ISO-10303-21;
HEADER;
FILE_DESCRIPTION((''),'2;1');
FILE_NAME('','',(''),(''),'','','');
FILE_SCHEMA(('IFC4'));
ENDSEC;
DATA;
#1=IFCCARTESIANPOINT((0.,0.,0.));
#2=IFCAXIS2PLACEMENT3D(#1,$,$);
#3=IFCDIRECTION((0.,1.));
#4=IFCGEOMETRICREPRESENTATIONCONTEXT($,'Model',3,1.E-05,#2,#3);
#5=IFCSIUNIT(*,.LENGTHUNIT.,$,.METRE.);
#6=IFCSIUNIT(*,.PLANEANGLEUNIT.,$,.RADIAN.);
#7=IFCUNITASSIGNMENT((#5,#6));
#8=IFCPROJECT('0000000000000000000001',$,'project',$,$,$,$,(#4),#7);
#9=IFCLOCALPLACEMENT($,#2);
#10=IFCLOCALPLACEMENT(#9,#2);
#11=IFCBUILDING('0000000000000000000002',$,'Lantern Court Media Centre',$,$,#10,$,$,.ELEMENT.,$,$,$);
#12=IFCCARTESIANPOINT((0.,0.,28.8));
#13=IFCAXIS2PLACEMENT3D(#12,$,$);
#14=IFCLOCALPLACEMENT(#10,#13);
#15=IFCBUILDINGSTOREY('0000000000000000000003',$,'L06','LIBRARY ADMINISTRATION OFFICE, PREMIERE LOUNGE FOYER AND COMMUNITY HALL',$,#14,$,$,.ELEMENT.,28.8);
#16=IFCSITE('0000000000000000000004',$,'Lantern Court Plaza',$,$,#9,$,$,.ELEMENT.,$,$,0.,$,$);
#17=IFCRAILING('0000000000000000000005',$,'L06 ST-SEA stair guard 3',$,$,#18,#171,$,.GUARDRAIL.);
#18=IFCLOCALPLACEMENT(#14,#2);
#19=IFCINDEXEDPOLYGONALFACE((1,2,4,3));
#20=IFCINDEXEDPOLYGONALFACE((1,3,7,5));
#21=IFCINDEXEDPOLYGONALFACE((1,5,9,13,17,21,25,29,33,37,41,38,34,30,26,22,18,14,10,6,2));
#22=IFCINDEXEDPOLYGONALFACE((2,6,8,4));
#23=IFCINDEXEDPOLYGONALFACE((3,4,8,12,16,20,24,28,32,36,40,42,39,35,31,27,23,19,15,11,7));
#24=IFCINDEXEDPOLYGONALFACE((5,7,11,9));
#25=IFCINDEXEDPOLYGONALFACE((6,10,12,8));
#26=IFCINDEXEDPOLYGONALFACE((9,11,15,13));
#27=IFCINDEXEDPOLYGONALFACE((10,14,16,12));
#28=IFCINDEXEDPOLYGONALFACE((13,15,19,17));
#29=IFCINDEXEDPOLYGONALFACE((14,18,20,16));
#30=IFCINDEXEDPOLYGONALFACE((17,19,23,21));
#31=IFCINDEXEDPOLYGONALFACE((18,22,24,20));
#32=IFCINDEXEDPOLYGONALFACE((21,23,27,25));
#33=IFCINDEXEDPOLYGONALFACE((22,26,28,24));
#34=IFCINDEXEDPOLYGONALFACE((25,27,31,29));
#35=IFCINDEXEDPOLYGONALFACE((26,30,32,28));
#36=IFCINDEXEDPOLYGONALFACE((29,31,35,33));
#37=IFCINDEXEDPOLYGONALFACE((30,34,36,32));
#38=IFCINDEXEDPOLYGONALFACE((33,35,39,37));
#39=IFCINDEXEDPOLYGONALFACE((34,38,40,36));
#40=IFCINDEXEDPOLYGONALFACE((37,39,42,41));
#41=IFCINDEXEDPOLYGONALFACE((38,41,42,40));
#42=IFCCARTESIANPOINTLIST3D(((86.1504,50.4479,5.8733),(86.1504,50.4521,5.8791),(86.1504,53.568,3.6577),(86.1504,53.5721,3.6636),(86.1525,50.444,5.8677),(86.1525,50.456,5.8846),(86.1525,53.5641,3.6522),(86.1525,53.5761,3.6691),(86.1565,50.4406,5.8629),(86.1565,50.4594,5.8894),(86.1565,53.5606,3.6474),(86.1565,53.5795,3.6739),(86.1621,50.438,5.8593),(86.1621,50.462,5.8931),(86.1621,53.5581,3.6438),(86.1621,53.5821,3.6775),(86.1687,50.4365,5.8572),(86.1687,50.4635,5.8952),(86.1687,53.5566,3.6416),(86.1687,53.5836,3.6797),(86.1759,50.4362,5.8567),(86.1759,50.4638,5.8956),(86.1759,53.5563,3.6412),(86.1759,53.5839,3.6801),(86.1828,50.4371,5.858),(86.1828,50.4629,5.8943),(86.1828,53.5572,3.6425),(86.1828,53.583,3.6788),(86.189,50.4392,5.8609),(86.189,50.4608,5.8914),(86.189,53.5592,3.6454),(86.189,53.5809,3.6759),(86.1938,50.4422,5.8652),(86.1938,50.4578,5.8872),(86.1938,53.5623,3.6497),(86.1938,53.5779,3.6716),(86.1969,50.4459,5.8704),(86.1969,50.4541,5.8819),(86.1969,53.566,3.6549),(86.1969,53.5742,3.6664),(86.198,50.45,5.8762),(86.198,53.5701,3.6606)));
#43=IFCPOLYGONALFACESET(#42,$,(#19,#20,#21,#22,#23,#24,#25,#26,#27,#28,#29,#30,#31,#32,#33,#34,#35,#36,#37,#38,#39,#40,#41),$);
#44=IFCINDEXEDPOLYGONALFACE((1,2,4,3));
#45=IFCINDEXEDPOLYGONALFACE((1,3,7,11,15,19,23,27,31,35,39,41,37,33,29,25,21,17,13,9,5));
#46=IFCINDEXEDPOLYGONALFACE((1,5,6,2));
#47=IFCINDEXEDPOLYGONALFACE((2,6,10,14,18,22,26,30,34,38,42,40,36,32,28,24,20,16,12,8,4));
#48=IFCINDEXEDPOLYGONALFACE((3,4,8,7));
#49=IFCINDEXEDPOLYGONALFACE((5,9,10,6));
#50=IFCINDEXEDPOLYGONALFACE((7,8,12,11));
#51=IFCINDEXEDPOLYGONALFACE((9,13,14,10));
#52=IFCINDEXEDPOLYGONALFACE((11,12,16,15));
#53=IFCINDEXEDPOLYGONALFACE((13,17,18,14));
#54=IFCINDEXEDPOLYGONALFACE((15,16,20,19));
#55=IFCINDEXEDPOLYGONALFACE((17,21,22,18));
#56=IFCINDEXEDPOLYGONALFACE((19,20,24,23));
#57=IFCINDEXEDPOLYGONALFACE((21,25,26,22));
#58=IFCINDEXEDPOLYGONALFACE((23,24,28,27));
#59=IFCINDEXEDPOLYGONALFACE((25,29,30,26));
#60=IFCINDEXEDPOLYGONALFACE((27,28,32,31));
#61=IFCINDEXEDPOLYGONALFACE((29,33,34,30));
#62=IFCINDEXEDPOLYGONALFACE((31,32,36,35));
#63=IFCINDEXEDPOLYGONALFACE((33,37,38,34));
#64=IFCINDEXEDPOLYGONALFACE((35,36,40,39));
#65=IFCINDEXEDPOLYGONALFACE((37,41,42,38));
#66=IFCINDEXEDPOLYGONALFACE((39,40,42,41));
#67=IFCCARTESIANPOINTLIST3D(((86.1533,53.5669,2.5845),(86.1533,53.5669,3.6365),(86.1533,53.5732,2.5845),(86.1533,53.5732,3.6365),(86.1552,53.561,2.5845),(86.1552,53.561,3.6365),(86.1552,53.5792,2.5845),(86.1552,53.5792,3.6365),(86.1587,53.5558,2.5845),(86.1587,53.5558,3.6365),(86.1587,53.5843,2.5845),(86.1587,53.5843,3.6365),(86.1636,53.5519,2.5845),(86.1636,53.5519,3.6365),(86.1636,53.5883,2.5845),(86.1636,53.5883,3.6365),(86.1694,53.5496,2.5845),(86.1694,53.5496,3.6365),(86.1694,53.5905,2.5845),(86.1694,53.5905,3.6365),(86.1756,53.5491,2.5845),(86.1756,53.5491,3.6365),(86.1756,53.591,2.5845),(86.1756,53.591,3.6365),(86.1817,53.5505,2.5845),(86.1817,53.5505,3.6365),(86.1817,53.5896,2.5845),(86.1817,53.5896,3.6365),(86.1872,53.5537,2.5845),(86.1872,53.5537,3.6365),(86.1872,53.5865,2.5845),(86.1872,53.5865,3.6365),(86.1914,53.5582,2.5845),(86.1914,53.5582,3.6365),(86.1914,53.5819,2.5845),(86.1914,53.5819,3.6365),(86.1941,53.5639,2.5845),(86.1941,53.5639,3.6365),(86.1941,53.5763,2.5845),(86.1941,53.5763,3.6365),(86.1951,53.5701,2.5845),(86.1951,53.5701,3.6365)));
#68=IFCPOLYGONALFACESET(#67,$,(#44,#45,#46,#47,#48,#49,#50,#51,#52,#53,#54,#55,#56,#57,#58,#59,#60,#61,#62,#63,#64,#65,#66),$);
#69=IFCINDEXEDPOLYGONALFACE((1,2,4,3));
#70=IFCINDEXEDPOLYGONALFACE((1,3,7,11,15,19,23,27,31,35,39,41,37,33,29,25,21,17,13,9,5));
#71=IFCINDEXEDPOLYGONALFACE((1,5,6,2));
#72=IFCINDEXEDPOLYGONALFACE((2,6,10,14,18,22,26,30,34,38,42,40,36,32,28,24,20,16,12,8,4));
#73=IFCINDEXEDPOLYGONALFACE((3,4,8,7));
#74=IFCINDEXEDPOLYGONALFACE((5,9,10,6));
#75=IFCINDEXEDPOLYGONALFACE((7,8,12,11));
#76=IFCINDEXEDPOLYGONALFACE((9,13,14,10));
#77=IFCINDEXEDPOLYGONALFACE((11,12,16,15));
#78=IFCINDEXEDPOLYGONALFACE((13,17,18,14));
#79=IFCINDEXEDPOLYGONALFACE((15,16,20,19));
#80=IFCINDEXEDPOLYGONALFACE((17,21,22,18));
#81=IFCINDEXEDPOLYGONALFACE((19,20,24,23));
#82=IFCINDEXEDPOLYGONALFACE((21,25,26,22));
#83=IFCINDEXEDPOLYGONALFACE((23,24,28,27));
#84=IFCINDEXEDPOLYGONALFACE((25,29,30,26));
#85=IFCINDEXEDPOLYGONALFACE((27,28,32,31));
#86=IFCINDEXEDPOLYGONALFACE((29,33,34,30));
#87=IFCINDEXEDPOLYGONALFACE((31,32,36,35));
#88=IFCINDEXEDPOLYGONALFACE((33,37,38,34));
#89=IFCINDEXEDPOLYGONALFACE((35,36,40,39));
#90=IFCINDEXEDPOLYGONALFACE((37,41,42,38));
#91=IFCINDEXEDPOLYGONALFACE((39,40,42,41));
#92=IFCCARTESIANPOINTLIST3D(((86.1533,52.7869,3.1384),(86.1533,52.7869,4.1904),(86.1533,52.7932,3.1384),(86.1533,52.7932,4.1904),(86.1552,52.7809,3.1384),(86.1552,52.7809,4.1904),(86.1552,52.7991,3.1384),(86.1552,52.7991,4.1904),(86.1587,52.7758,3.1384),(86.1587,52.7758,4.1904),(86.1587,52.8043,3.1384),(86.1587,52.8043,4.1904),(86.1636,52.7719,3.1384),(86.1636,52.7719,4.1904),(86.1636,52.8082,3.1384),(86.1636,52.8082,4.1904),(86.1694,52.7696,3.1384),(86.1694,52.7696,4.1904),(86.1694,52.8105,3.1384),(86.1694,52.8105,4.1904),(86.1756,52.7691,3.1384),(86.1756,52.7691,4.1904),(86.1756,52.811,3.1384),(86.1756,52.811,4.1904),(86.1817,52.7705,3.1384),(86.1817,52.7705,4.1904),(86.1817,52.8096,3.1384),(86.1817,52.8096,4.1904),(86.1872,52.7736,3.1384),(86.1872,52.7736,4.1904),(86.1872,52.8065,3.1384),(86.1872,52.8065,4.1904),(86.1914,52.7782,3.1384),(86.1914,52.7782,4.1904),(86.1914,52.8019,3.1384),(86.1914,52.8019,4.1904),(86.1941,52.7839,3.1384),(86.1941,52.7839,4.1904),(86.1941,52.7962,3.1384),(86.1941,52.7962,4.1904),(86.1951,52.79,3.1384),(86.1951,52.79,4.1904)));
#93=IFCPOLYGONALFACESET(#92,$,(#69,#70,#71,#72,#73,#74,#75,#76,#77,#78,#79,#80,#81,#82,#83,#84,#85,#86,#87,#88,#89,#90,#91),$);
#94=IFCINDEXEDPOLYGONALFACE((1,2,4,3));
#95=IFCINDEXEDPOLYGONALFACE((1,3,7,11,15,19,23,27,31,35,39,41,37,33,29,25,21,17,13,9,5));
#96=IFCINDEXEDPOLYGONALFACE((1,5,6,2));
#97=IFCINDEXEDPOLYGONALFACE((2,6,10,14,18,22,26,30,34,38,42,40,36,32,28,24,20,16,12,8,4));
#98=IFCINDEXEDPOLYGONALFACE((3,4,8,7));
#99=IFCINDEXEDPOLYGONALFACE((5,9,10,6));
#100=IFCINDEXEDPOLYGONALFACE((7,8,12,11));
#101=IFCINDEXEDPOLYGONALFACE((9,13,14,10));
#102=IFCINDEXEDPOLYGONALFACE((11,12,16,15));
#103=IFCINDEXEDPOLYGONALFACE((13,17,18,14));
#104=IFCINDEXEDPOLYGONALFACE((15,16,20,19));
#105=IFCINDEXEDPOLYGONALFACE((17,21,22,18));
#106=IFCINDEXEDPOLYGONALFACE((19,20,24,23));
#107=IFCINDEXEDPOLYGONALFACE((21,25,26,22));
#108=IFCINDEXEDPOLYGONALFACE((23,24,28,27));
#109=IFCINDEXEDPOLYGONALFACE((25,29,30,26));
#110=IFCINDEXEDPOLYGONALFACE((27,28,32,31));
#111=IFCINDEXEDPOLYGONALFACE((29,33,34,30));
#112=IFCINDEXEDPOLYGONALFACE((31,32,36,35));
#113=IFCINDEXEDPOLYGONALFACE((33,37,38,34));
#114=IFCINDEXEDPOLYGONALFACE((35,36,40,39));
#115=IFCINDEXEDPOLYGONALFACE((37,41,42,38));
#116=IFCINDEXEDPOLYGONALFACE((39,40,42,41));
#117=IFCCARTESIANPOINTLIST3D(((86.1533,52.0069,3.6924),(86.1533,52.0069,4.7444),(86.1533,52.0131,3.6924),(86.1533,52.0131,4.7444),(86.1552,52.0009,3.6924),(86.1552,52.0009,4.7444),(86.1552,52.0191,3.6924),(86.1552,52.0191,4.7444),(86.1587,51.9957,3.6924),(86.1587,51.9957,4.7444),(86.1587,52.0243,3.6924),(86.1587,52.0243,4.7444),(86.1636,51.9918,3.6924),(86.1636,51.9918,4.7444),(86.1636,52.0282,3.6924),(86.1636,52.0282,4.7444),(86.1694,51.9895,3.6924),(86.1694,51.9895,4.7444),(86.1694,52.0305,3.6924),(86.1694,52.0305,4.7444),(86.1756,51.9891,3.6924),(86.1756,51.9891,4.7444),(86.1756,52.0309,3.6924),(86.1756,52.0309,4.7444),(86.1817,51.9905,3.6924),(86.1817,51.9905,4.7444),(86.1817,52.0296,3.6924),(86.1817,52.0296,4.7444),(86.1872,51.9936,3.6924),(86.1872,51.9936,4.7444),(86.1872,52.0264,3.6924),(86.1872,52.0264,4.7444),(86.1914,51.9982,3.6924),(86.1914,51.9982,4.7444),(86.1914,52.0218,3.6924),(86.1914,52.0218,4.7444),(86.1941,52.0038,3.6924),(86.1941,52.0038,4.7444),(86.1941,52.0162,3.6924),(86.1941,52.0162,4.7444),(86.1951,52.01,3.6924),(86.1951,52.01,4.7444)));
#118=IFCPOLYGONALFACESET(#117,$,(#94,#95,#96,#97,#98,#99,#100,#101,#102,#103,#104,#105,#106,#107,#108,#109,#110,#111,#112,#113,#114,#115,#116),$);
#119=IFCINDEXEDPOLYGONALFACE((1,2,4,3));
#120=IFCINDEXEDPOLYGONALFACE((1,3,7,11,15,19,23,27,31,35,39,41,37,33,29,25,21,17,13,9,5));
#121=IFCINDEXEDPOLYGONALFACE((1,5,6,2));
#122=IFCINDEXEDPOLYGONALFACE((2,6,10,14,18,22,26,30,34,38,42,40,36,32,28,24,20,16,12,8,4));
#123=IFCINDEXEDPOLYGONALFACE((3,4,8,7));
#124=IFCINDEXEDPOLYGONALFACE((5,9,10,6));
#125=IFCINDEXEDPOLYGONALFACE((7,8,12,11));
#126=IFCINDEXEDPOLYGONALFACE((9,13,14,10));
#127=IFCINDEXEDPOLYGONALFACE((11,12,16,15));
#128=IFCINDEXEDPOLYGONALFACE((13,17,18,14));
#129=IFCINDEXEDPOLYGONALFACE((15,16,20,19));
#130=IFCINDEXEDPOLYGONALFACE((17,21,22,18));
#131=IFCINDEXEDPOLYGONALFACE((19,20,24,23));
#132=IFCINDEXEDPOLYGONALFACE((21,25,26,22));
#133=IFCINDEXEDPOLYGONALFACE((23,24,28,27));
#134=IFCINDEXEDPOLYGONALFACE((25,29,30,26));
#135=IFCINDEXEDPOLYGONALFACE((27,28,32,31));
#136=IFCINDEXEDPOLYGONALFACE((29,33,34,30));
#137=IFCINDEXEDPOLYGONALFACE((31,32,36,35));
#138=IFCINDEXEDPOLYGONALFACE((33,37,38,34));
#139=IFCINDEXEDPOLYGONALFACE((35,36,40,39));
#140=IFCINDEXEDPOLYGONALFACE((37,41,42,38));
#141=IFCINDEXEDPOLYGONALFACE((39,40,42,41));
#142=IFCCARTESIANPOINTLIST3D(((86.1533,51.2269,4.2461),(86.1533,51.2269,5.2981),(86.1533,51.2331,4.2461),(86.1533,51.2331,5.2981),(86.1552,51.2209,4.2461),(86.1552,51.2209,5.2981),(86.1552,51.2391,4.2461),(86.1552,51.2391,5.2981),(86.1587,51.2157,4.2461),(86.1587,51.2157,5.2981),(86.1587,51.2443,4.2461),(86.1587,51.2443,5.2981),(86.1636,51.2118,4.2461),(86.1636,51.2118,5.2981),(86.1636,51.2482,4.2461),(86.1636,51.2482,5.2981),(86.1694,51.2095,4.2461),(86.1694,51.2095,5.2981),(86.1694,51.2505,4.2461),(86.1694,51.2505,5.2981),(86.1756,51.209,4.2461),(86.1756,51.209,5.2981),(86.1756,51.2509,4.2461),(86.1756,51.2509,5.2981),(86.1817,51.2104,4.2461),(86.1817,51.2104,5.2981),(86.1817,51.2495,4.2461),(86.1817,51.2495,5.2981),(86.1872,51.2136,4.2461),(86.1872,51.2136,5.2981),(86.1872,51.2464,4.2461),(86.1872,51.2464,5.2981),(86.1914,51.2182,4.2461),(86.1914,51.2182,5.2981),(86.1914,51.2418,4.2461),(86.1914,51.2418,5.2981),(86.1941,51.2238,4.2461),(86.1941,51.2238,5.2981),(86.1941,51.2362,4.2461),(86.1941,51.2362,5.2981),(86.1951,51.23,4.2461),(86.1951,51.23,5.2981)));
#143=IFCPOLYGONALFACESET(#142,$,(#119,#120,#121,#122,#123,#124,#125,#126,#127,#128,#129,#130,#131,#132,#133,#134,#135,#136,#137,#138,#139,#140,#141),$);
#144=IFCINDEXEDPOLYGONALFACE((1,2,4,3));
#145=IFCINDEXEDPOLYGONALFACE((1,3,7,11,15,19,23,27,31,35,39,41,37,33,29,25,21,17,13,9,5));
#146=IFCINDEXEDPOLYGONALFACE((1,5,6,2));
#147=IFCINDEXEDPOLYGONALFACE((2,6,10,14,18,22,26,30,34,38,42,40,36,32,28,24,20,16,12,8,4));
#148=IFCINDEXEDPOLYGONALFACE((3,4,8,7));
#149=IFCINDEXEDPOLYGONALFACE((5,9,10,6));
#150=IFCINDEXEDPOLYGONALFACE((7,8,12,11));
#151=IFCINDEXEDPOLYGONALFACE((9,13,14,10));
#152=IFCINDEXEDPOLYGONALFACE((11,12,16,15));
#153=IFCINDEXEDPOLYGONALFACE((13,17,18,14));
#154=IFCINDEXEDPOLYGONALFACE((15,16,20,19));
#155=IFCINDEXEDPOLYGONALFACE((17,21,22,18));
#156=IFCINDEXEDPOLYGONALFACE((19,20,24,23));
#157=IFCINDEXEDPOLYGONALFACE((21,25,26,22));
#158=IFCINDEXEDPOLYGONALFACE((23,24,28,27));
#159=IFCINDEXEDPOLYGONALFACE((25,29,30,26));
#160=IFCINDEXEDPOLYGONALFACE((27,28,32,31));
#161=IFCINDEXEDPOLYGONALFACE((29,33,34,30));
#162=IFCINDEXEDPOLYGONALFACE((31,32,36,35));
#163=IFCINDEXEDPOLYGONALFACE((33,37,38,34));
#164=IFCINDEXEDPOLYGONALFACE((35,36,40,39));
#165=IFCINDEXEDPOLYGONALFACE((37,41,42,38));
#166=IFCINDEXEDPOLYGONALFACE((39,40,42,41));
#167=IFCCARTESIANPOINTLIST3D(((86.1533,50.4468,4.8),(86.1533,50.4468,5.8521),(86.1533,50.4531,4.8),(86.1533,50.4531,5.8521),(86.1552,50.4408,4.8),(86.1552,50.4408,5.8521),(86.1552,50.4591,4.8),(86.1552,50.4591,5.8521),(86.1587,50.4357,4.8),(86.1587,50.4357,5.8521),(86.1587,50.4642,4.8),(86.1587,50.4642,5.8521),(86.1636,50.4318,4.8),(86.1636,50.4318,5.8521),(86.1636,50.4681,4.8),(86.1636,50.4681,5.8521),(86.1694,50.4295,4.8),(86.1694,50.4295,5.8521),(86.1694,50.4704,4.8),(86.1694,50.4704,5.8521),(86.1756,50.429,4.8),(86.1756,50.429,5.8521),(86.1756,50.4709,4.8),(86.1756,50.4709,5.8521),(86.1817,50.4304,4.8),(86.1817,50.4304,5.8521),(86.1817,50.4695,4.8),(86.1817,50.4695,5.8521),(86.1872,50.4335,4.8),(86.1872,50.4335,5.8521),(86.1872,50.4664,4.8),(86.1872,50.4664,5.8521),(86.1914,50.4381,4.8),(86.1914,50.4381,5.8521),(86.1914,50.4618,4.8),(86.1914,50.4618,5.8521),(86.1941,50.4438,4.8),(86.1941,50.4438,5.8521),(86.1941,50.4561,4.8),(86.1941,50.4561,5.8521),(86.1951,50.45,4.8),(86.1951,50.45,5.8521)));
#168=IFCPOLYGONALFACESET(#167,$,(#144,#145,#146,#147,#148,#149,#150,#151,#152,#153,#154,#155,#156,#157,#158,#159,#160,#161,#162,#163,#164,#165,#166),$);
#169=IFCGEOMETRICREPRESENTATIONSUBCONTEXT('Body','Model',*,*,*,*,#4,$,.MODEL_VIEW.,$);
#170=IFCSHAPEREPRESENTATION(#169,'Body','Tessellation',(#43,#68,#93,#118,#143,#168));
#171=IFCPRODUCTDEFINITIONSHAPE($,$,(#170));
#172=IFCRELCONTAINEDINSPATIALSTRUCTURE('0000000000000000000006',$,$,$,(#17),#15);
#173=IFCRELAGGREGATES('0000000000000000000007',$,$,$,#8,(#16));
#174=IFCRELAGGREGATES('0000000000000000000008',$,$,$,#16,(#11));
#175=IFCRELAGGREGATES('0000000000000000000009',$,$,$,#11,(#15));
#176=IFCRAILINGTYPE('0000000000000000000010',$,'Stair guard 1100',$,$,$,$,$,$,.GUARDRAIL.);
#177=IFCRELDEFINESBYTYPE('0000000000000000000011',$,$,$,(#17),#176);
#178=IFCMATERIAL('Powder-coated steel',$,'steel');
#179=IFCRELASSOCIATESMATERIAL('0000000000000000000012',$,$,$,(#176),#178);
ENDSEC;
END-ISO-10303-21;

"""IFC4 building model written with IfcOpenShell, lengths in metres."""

from ifc_helpers import new_model, si_unit, direction, frame, origin, origin_2d, place, context, subcontext, project, spatial, circle, extrude, material, type_object, element, save


model = new_model("IFC4")

# Units and contexts
model_context = context("Model", 3, precision=1e-05, world=origin(), true_north=direction((0.0, 1.0)))
body_context = subcontext(model_context, "Body", "Model", "MODEL_VIEW")
ifc_project = project(units=[si_unit("LENGTHUNIT", "METRE"), si_unit("PLANEANGLEUNIT", "RADIAN")], contexts=[model_context])

# Site, building, storey
site_placement = place(None, origin())
site = spatial("IfcSite", under=ifc_project, at=site_placement, Name="Lantern Court Plaza", CompositionType="ELEMENT", RefElevation=0.0)
building_placement = place(site_placement, origin())
building = spatial("IfcBuilding", under=site, at=building_placement, Name="Lantern Court Media Centre", CompositionType="ELEMENT")
storey_placement = place(building_placement, frame((0.0, 0.0, 28.8)))
storey = spatial("IfcBuildingStorey", under=building, at=storey_placement, Name="L06", Description="LIBRARY ADMINISTRATION OFFICE, PREMIERE LOUNGE FOYER AND COMMUNITY HALL", CompositionType="ELEMENT", Elevation=28.8)

# Shared definitions
ifc_material_1 = material(Name="Powder-coated steel", Category="steel")

# Railing
railing_type_1 = type_object("IfcRailingType", Name="Stair guard 1100", PredefinedType="GUARDRAIL", material=ifc_material_1)
railing_1_placement = place(storey_placement, frame((86.1741, 53.5701, 2.5845)))
element("IfcRailing", 1, at=railing_1_placement, inside=storey, type_object=railing_type_1, Name="L06 ST-SEA stair guard 3", PredefinedType="GUARDRAIL", context=body_context, shape_type="SweptSolid", body=[
    extrude(circle(Radius=0.0239, at=origin_2d()), frame((0.0, 0.0, 1.0762), z_axis=(0.0, -0.815347, 0.578973), x_axis=(1.0, 0.0, 0.0)), (0.0, 0.0, 1.0), 3.8267),
    extrude(circle(Radius=0.021, at=origin_2d()), origin(), (0.0, 0.0, 1.0), 1.052),
    extrude(circle(Radius=0.021, at=origin_2d()), frame((0.0, -0.78, 0.554)), (0.0, 0.0, 1.0), 1.052),
    extrude(circle(Radius=0.021, at=origin_2d()), frame((0.0, -1.5601, 1.1079)), (0.0, 0.0, 1.0), 1.052),
    extrude(circle(Radius=0.021, at=origin_2d()), frame((0.0, -2.3401, 1.6616)), (0.0, 0.0, 1.0), 1.052),
    extrude(circle(Radius=0.021, at=origin_2d()), frame((0.0, -3.1201, 2.2156)), (0.0, 0.0, 1.0), 1.052),
])

save(model, "model.ifc")
